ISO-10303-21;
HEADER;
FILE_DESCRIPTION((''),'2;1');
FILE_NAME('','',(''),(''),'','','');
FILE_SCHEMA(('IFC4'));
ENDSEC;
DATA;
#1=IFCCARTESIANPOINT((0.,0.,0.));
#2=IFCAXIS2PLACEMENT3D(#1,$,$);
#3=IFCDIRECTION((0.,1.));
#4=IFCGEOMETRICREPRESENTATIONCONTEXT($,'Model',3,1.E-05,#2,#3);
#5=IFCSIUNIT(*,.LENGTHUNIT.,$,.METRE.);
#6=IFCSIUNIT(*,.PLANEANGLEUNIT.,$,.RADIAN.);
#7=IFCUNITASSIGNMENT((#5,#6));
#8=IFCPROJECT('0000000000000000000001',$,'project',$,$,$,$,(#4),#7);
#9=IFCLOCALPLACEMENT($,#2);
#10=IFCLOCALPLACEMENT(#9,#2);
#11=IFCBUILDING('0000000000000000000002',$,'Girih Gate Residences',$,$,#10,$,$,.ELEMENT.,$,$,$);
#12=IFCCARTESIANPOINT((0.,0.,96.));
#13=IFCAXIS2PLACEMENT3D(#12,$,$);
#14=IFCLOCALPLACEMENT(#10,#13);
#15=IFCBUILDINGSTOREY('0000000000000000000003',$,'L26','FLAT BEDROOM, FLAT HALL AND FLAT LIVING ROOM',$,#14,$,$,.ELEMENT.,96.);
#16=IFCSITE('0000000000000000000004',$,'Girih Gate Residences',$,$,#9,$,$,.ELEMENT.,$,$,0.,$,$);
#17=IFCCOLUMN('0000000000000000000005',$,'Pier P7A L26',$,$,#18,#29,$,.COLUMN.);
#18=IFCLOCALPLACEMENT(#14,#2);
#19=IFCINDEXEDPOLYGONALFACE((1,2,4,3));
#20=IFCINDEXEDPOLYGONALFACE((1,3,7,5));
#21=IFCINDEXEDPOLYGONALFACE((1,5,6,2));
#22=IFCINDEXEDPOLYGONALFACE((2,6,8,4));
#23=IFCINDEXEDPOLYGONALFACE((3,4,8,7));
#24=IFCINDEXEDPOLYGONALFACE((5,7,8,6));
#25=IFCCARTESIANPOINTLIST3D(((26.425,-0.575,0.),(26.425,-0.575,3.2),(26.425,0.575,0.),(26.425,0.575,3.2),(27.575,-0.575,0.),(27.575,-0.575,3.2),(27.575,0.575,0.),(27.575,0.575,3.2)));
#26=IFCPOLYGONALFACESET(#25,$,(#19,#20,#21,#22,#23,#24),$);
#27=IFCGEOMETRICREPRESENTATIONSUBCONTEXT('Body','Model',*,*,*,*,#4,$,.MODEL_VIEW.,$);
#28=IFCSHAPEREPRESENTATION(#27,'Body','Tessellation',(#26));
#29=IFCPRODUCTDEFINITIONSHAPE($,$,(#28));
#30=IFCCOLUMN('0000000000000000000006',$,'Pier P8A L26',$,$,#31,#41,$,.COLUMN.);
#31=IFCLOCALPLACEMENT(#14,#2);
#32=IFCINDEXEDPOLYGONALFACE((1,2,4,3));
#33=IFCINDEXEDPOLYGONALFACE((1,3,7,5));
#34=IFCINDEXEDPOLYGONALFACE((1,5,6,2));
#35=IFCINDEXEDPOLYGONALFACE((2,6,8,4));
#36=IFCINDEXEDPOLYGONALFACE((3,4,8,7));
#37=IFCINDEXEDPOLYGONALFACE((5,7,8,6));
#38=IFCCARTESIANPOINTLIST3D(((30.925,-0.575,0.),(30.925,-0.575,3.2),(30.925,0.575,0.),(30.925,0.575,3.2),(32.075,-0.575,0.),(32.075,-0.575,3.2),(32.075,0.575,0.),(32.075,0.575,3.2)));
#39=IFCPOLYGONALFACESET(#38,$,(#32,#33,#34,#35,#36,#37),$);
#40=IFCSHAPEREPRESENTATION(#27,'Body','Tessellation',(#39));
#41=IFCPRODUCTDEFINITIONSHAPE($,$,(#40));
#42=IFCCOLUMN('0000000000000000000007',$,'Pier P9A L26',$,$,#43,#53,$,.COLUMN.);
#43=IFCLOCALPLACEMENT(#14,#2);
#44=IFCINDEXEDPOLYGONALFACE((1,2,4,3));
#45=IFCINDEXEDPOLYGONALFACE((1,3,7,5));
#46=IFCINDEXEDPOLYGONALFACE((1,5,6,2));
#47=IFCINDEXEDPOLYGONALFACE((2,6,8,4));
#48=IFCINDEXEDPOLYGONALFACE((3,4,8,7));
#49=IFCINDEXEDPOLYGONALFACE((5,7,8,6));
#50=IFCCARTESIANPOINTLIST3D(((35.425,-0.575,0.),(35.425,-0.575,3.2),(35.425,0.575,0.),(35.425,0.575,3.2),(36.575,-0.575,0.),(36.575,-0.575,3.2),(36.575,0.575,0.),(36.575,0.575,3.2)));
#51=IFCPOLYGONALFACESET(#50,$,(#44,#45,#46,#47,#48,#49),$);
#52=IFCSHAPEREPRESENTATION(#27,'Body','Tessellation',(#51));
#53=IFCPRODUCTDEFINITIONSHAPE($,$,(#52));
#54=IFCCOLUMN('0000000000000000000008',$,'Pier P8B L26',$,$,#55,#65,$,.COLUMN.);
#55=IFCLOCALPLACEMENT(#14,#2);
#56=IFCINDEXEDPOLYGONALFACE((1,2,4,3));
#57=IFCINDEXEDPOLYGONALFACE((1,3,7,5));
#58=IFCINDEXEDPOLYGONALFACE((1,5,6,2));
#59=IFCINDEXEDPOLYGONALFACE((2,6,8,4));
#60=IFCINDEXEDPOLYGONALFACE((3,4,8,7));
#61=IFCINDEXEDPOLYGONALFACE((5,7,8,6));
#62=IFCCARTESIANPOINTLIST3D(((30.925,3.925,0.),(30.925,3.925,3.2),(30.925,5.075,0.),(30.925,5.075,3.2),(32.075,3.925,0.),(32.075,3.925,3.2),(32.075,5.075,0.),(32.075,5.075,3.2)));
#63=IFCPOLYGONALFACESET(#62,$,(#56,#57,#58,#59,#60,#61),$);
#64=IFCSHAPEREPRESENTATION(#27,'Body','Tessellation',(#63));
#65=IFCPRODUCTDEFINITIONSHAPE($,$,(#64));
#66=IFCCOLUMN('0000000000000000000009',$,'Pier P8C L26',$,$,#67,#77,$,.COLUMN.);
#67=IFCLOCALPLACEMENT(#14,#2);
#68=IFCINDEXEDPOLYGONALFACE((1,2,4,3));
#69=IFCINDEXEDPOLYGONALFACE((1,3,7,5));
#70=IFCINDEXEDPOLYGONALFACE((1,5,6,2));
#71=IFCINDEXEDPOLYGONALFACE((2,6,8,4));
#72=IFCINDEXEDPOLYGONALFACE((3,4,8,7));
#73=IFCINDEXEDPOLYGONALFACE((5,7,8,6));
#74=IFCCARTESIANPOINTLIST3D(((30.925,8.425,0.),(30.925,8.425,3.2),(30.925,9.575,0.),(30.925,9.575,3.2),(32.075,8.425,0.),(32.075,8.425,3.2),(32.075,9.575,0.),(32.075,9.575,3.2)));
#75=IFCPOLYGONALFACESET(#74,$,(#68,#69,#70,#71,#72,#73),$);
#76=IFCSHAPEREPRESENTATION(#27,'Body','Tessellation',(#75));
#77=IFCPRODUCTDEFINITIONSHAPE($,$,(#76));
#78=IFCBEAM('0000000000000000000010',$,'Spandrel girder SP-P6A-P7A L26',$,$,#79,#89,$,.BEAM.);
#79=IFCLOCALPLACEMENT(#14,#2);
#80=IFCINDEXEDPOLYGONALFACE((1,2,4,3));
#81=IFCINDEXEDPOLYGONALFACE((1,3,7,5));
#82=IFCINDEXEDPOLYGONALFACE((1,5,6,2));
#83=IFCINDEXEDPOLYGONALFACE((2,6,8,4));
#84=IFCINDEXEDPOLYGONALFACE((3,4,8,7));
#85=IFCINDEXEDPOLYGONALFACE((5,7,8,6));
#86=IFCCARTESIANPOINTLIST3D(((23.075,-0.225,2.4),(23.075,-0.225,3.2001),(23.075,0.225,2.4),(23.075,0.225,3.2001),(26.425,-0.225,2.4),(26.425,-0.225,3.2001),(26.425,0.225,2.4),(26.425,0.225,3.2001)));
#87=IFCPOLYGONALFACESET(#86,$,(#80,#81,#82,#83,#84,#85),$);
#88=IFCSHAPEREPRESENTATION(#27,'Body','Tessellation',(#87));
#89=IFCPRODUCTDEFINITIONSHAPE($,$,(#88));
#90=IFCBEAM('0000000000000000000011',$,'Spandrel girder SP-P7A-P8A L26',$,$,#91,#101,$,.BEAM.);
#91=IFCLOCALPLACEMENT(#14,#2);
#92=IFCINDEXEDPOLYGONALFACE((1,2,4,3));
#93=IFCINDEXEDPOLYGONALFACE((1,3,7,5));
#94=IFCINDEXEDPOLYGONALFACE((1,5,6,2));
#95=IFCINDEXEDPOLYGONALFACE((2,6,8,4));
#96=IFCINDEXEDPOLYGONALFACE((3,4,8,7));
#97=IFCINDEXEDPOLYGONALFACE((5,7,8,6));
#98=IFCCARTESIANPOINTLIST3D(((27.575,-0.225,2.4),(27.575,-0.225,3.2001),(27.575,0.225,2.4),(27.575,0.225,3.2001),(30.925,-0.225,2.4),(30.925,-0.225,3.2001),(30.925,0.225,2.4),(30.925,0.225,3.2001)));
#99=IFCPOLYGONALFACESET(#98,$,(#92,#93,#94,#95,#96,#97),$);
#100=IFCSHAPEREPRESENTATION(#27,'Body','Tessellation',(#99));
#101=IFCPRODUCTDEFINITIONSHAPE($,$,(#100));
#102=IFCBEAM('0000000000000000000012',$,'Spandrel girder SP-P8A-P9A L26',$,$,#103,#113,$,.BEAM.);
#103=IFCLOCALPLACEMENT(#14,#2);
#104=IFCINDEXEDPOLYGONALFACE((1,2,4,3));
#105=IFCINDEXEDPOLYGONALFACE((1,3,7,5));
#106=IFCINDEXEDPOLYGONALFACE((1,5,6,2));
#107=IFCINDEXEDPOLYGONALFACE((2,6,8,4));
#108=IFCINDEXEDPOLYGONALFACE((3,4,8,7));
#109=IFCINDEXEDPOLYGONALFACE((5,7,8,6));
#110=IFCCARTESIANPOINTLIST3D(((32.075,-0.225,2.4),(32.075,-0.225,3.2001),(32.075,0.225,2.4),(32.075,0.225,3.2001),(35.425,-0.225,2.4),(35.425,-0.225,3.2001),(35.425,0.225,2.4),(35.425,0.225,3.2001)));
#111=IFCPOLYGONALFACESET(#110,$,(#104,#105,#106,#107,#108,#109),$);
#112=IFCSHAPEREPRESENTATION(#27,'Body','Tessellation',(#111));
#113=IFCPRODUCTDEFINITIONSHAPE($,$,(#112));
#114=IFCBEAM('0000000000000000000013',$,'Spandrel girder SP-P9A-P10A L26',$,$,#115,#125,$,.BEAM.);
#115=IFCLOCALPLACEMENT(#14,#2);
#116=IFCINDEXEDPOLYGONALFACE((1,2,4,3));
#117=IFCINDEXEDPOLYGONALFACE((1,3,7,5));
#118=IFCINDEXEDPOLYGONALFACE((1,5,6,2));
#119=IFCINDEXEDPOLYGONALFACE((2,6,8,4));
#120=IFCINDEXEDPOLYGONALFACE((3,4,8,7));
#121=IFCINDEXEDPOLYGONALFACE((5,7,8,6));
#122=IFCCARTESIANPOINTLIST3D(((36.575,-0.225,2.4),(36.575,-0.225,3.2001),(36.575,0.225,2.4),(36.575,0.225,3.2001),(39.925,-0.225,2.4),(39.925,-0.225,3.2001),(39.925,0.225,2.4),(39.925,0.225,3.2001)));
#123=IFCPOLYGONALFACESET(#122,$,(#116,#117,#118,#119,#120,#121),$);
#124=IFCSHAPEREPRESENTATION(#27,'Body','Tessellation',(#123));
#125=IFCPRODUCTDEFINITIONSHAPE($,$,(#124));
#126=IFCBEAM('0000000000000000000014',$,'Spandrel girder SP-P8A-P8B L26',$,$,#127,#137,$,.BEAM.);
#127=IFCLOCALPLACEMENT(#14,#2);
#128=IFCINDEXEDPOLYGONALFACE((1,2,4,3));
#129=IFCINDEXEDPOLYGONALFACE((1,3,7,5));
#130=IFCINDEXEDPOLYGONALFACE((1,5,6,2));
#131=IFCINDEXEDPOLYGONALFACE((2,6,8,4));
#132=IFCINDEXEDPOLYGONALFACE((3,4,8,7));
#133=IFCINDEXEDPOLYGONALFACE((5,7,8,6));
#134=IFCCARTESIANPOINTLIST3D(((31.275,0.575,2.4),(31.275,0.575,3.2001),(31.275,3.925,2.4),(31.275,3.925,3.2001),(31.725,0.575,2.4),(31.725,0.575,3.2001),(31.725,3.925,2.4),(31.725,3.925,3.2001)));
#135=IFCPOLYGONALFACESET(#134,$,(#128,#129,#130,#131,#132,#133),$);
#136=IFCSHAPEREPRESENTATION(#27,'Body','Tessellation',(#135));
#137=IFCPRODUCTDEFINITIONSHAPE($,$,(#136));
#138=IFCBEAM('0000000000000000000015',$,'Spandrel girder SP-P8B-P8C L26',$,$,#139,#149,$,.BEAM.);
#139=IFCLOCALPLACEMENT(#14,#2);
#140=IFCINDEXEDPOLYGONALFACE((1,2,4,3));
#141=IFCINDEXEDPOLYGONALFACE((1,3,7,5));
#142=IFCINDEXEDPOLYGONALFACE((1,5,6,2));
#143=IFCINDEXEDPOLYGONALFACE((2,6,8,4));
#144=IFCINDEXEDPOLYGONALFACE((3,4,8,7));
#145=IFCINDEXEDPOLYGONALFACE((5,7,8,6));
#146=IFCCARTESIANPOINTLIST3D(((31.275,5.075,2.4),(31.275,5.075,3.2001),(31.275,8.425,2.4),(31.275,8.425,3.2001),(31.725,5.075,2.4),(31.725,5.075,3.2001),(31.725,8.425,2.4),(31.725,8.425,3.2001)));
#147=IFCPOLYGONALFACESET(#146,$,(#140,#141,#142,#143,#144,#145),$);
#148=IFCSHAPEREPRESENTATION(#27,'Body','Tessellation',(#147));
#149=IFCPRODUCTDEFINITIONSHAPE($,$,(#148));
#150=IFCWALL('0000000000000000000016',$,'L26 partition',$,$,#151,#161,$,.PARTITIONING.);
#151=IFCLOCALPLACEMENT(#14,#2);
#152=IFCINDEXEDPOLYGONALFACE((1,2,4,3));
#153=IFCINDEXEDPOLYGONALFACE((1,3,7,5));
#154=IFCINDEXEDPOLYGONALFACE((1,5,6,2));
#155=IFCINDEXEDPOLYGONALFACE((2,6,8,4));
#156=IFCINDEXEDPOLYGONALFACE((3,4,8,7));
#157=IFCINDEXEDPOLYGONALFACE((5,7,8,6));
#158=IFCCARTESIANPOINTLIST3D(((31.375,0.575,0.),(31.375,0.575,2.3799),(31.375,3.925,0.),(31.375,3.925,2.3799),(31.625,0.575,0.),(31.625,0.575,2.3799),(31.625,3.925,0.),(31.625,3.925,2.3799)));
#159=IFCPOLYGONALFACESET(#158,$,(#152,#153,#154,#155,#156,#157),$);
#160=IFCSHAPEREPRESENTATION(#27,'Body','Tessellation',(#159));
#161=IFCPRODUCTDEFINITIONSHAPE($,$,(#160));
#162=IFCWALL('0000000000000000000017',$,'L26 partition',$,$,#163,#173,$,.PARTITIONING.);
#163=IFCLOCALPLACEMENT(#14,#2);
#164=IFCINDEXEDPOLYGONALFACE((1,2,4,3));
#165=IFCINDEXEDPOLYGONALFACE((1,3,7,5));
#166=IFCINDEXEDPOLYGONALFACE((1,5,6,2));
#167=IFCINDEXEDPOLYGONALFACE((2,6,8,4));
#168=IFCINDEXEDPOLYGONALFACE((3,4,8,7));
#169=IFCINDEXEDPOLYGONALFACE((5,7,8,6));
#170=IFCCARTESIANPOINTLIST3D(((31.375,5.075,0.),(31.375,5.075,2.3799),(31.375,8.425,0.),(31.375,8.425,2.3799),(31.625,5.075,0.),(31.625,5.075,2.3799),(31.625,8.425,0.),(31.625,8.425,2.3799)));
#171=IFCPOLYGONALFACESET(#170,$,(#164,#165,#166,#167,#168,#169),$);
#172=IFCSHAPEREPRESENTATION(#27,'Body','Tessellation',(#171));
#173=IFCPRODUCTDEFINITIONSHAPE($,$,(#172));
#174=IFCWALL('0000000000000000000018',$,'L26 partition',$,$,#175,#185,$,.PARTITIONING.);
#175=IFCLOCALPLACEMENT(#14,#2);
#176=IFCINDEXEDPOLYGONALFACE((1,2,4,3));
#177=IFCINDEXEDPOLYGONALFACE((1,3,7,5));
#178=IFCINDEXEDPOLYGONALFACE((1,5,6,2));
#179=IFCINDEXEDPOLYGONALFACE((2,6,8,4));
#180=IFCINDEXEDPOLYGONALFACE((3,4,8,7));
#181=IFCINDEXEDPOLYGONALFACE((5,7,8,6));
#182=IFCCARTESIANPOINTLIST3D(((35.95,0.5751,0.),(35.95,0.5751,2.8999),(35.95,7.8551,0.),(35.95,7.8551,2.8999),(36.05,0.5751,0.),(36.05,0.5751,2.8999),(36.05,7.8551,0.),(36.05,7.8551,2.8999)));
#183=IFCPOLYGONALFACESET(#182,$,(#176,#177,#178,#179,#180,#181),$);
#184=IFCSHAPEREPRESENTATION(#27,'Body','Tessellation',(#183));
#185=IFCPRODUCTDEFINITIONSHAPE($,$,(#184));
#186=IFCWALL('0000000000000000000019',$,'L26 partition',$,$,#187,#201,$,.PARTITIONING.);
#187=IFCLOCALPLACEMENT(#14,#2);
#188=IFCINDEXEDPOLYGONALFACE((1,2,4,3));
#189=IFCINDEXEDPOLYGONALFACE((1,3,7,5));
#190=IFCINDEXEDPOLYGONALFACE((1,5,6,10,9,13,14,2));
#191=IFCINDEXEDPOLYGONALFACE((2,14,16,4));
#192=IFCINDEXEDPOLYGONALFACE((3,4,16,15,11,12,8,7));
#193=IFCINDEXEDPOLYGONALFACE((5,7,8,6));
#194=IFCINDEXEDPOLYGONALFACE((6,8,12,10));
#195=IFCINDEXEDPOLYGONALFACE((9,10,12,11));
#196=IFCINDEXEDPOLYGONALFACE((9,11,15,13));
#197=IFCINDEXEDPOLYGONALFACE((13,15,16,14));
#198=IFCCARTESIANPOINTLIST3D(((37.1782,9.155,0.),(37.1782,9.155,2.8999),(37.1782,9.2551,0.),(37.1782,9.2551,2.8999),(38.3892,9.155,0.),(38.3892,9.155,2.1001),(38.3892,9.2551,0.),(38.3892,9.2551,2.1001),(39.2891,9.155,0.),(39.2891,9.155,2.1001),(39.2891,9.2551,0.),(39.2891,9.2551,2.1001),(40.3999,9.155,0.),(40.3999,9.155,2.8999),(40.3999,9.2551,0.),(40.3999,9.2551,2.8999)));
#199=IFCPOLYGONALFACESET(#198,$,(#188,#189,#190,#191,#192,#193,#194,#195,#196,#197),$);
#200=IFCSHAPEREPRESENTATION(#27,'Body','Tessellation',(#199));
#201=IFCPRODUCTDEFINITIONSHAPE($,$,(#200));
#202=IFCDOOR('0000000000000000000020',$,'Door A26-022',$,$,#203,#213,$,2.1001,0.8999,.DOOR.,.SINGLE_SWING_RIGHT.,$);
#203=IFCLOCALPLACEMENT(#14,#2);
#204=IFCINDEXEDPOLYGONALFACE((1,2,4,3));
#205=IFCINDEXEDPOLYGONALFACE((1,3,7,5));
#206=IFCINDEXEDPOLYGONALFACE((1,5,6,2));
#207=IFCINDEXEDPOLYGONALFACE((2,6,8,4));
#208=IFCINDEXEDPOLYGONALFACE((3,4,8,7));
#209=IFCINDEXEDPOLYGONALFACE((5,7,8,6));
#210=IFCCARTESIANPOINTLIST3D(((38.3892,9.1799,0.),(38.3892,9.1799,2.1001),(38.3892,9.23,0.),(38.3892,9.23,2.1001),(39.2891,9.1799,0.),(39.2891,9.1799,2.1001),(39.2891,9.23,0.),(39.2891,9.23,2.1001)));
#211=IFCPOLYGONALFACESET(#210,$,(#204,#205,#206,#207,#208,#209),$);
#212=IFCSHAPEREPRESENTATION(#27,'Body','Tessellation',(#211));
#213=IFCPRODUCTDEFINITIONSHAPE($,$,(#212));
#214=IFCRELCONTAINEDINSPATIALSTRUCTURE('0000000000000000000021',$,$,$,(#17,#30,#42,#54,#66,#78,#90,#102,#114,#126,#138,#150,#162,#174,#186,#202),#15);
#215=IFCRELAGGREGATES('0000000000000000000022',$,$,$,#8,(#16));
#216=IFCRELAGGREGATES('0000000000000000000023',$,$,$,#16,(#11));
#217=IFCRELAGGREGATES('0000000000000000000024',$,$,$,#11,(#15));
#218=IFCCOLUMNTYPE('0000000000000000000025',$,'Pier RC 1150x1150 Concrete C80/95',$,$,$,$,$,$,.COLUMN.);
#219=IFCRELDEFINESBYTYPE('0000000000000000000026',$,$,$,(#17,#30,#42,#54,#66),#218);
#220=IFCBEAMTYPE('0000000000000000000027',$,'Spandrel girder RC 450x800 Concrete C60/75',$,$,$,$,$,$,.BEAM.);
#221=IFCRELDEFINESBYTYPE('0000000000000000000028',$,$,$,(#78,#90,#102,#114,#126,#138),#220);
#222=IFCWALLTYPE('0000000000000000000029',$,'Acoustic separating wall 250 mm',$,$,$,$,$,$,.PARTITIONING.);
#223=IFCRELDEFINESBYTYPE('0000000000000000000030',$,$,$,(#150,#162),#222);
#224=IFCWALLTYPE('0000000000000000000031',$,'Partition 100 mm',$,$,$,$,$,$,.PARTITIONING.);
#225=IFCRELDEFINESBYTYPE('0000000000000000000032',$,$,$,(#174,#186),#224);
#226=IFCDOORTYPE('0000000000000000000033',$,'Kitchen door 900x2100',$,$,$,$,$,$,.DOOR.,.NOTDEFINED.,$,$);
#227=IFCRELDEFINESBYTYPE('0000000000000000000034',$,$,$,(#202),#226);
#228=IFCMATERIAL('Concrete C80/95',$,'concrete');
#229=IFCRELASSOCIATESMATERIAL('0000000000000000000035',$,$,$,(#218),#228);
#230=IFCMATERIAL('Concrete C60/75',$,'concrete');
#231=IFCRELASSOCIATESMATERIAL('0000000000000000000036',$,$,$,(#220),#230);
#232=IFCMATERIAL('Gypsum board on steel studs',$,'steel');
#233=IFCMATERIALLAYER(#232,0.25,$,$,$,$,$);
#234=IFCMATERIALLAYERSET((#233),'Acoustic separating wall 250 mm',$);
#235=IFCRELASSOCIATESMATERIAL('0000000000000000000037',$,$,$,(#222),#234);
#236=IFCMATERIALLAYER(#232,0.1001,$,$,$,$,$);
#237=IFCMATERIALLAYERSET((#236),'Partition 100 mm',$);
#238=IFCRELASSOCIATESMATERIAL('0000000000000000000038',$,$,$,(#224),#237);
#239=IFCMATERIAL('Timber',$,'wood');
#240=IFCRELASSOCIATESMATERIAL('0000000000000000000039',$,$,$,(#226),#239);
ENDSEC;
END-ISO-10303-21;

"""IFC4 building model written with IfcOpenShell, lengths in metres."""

from ifc_helpers import new_model, si_unit, direction, frame, frame_2d, origin, origin_2d, place, context, subcontext, project, spatial, rectangle, extrude, material, layer, layer_set, material_profile, profile_set, type_object, element, fill, save


model = new_model("IFC4")

# Units and contexts
model_context = context("Model", 3, precision=1e-05, world=origin(), true_north=direction((0.0, 1.0)))
body_context = subcontext(model_context, "Body", "Model", "MODEL_VIEW")
ifc_project = project(units=[si_unit("LENGTHUNIT", "METRE"), si_unit("PLANEANGLEUNIT", "RADIAN")], contexts=[model_context])

# Site, building, storey
site_placement = place(None, origin())
site = spatial("IfcSite", under=ifc_project, at=site_placement, Name="Girih Gate Residences", CompositionType="ELEMENT", RefElevation=0.0)
building_placement = place(site_placement, origin())
building = spatial("IfcBuilding", under=site, at=building_placement, Name="Girih Gate Residences", CompositionType="ELEMENT")
storey_placement = place(building_placement, frame((0.0, 0.0, 96.0)))
storey = spatial("IfcBuildingStorey", under=building, at=storey_placement, Name="L26", Description="FLAT BEDROOM, FLAT HALL AND FLAT LIVING ROOM", CompositionType="ELEMENT", Elevation=96.0)

# Columns
ifc_material_1 = material(Name="Concrete C80/95", Category="concrete")
ifc_material_profile_1 = material_profile(ifc_material_1, rectangle(XDim=1.1499, YDim=1.1499, at=origin_2d()))
ifc_profile_set_1 = profile_set([ifc_material_profile_1], Name="Concrete C80/95")
column_type = type_object("IfcColumnType", Name="Pier RC 1150x1150 Concrete C80/95", PredefinedType="COLUMN", material=ifc_profile_set_1)
for number, where, z_axis, x_axis, name in (
    (1, (27.0, 0.0, 0.0), (0.0, 0.0, 1.0), (1.0, 0.0, 0.0), "Pier P7A L26"),
    (2, (31.5, 0.0, 0.0), (0.0, 0.0, 1.0), (1.0, 0.0, 0.0), "Pier P8A L26"),
    (3, (36.0, 0.0, 0.0), (0.0, 0.0, 1.0), (1.0, 0.0, 0.0), "Pier P9A L26"),
    (4, (31.5, 4.5, 0.0), (0.0, 0.0, 1.0), (1.0, 0.0, 0.0), "Pier P8B L26"),
    (5, (31.5, 9.0, 0.0), (0.0, 0.0, 1.0), (1.0, 0.0, 0.0), "Pier P8C L26"),
):
    element("IfcColumn", number, at=place(storey_placement, frame(where, z_axis=z_axis, x_axis=x_axis)), inside=storey, type_object=column_type, Name=name, PredefinedType="COLUMN", context=body_context, shape_type="SweptSolid", body=[
        extrude(rectangle(XDim=1.1499, YDim=1.1499, at=origin_2d()), origin(), (0.0, 0.0, 1.0), 3.2),
    ])

# Beams
ifc_material_2 = material(Name="Concrete C60/75", Category="concrete")
ifc_material_profile_2 = material_profile(ifc_material_2, rectangle(XDim=0.45, YDim=0.8, at=origin_2d()))
ifc_profile_set_2 = profile_set([ifc_material_profile_2], Name="Concrete C60/75")
beam_type = type_object("IfcBeamType", Name="Spandrel girder RC 450x800 Concrete C60/75", PredefinedType="BEAM", material=ifc_profile_set_2)
for number, where, z_axis, x_axis, name in (
    (6, (23.075, 0.0, 2.8), (1.0, 0.0, 0.0), (0.0, 1.0, 0.0), "Spandrel girder SP-P6A-P7A L26"),
    (7, (27.575, 0.0, 2.8), (1.0, 0.0, 0.0), (0.0, 1.0, 0.0), "Spandrel girder SP-P7A-P8A L26"),
    (8, (32.075, 0.0, 2.8), (1.0, 0.0, 0.0), (0.0, 1.0, 0.0), "Spandrel girder SP-P8A-P9A L26"),
    (9, (36.575, 0.0, 2.8), (1.0, 0.0, 0.0), (0.0, 1.0, 0.0), "Spandrel girder SP-P9A-P10A L26"),
    (10, (31.5, 0.575, 2.8), (0.0, 1.0, 0.0), (-1.0, 0.0, 0.0), "Spandrel girder SP-P8A-P8B L26"),
    (11, (31.5, 5.075, 2.8), (0.0, 1.0, 0.0), (-1.0, 0.0, 0.0), "Spandrel girder SP-P8B-P8C L26"),
):
    element("IfcBeam", number, at=place(storey_placement, frame(where, z_axis=z_axis, x_axis=x_axis)), inside=storey, type_object=beam_type, Name=name, PredefinedType="BEAM", context=body_context, shape_type="SweptSolid", body=[
        extrude(rectangle(XDim=0.45, YDim=0.8, at=origin_2d()), origin(), (0.0, 0.0, 1.0), 3.3501),
    ])

# Walls
ifc_material_3 = material(Name="Gypsum board on steel studs", Category="steel")
ifc_layer_1 = layer(ifc_material_3, 0.25)
ifc_layer_set_1 = layer_set([ifc_layer_1], Name="Acoustic separating wall 250 mm")
wall_type_1 = type_object("IfcWallType", Name="Acoustic separating wall 250 mm", PredefinedType="PARTITIONING", material=ifc_layer_set_1)
for number, where, z_axis, x_axis, name in (
    (12, (31.5, 0.575, 0.0), (0.0, 0.0, 1.0), (0.0, 1.0, 0.0), "L26 partition"),
    (13, (31.5, 5.075, 0.0), (0.0, 0.0, 1.0), (0.0, 1.0, 0.0), "L26 partition"),
):
    element("IfcWall", number, at=place(storey_placement, frame(where, z_axis=z_axis, x_axis=x_axis)), inside=storey, type_object=wall_type_1, Name=name, PredefinedType="PARTITIONING", context=body_context, shape_type="SweptSolid", body=[
        extrude(rectangle(XDim=3.3501, YDim=0.25, at=frame_2d((1.675, 0.0))), origin(), (0.0, 0.0, 1.0), 2.3799),
    ])
ifc_layer_2 = layer(ifc_material_3, 0.1001)
ifc_layer_set_2 = layer_set([ifc_layer_2], Name="Partition 100 mm")
wall_type_2 = type_object("IfcWallType", Name="Partition 100 mm", PredefinedType="PARTITIONING", material=ifc_layer_set_2)
wall_1_placement = place(storey_placement, frame((36.0, 0.575, 0.0), z_axis=(0.0, 0.0, 1.0), x_axis=(0.0, 1.0, 0.0)))
element("IfcWall", 14, at=wall_1_placement, inside=storey, type_object=wall_type_2, Name="L26 partition", PredefinedType="PARTITIONING", context=body_context, shape_type="SweptSolid", body=[
    extrude(rectangle(XDim=7.28, YDim=0.1001, at=frame_2d((3.6401, 0.0))), origin(), (0.0, 0.0, 1.0), 2.8999),
])

# Wall, opening, door
wall_2_placement = place(storey_placement, frame((37.1782, 9.2051, 0.0), z_axis=(0.0, 0.0, 1.0), x_axis=(1.0, 0.0, 0.0)))
wall_2 = element("IfcWall", 15, at=wall_2_placement, inside=storey, type_object=wall_type_2, Name="L26 partition", PredefinedType="PARTITIONING", context=body_context, shape_type="SweptSolid", body=[
    extrude(rectangle(XDim=3.2217, YDim=0.1001, at=frame_2d((1.6108, 0.0))), origin(), (0.0, 0.0, 1.0), 2.8999),
])
opening_1_placement = place(wall_2_placement, frame((1.2109, 0.0, 0.0)))
opening_1 = element("IfcOpeningElement", 16, at=opening_1_placement, cuts=wall_2, PredefinedType="OPENING", context=body_context, shape_type="SweptSolid", body=[
    extrude(rectangle(XDim=0.8999, YDim=2.1001, at=frame_2d((0.45, 1.05))), frame((0.0, 0.0601, 0.0), z_axis=(0.0, -1.0, 0.0), x_axis=(1.0, 0.0, 0.0)), (0.0, 0.0, 1.0), 0.1201),
])
ifc_material_4 = material(Name="Timber", Category="wood")
door_type_1 = type_object("IfcDoorType", Name="Kitchen door 900x2100", OperationType="NOTDEFINED", PredefinedType="DOOR", material=ifc_material_4)
door_1_placement = place(opening_1_placement, origin())
door_1 = element("IfcDoor", 17, at=door_1_placement, inside=storey, type_object=door_type_1, Name="Door A26-022", OperationType="SINGLE_SWING_RIGHT", OverallHeight=2.1001, OverallWidth=0.8999, PredefinedType="DOOR", context=body_context, shape_type="SweptSolid", body=[
    extrude(rectangle(XDim=0.8999, YDim=2.1001, at=frame_2d((0.45, 1.05))), frame((0.0, 0.0249, 0.0), z_axis=(0.0, -1.0, 0.0), x_axis=(1.0, 0.0, 0.0)), (0.0, 0.0, 1.0), 0.05),
])
fill(opening_1, door_1)

save(model, "model.ifc")
